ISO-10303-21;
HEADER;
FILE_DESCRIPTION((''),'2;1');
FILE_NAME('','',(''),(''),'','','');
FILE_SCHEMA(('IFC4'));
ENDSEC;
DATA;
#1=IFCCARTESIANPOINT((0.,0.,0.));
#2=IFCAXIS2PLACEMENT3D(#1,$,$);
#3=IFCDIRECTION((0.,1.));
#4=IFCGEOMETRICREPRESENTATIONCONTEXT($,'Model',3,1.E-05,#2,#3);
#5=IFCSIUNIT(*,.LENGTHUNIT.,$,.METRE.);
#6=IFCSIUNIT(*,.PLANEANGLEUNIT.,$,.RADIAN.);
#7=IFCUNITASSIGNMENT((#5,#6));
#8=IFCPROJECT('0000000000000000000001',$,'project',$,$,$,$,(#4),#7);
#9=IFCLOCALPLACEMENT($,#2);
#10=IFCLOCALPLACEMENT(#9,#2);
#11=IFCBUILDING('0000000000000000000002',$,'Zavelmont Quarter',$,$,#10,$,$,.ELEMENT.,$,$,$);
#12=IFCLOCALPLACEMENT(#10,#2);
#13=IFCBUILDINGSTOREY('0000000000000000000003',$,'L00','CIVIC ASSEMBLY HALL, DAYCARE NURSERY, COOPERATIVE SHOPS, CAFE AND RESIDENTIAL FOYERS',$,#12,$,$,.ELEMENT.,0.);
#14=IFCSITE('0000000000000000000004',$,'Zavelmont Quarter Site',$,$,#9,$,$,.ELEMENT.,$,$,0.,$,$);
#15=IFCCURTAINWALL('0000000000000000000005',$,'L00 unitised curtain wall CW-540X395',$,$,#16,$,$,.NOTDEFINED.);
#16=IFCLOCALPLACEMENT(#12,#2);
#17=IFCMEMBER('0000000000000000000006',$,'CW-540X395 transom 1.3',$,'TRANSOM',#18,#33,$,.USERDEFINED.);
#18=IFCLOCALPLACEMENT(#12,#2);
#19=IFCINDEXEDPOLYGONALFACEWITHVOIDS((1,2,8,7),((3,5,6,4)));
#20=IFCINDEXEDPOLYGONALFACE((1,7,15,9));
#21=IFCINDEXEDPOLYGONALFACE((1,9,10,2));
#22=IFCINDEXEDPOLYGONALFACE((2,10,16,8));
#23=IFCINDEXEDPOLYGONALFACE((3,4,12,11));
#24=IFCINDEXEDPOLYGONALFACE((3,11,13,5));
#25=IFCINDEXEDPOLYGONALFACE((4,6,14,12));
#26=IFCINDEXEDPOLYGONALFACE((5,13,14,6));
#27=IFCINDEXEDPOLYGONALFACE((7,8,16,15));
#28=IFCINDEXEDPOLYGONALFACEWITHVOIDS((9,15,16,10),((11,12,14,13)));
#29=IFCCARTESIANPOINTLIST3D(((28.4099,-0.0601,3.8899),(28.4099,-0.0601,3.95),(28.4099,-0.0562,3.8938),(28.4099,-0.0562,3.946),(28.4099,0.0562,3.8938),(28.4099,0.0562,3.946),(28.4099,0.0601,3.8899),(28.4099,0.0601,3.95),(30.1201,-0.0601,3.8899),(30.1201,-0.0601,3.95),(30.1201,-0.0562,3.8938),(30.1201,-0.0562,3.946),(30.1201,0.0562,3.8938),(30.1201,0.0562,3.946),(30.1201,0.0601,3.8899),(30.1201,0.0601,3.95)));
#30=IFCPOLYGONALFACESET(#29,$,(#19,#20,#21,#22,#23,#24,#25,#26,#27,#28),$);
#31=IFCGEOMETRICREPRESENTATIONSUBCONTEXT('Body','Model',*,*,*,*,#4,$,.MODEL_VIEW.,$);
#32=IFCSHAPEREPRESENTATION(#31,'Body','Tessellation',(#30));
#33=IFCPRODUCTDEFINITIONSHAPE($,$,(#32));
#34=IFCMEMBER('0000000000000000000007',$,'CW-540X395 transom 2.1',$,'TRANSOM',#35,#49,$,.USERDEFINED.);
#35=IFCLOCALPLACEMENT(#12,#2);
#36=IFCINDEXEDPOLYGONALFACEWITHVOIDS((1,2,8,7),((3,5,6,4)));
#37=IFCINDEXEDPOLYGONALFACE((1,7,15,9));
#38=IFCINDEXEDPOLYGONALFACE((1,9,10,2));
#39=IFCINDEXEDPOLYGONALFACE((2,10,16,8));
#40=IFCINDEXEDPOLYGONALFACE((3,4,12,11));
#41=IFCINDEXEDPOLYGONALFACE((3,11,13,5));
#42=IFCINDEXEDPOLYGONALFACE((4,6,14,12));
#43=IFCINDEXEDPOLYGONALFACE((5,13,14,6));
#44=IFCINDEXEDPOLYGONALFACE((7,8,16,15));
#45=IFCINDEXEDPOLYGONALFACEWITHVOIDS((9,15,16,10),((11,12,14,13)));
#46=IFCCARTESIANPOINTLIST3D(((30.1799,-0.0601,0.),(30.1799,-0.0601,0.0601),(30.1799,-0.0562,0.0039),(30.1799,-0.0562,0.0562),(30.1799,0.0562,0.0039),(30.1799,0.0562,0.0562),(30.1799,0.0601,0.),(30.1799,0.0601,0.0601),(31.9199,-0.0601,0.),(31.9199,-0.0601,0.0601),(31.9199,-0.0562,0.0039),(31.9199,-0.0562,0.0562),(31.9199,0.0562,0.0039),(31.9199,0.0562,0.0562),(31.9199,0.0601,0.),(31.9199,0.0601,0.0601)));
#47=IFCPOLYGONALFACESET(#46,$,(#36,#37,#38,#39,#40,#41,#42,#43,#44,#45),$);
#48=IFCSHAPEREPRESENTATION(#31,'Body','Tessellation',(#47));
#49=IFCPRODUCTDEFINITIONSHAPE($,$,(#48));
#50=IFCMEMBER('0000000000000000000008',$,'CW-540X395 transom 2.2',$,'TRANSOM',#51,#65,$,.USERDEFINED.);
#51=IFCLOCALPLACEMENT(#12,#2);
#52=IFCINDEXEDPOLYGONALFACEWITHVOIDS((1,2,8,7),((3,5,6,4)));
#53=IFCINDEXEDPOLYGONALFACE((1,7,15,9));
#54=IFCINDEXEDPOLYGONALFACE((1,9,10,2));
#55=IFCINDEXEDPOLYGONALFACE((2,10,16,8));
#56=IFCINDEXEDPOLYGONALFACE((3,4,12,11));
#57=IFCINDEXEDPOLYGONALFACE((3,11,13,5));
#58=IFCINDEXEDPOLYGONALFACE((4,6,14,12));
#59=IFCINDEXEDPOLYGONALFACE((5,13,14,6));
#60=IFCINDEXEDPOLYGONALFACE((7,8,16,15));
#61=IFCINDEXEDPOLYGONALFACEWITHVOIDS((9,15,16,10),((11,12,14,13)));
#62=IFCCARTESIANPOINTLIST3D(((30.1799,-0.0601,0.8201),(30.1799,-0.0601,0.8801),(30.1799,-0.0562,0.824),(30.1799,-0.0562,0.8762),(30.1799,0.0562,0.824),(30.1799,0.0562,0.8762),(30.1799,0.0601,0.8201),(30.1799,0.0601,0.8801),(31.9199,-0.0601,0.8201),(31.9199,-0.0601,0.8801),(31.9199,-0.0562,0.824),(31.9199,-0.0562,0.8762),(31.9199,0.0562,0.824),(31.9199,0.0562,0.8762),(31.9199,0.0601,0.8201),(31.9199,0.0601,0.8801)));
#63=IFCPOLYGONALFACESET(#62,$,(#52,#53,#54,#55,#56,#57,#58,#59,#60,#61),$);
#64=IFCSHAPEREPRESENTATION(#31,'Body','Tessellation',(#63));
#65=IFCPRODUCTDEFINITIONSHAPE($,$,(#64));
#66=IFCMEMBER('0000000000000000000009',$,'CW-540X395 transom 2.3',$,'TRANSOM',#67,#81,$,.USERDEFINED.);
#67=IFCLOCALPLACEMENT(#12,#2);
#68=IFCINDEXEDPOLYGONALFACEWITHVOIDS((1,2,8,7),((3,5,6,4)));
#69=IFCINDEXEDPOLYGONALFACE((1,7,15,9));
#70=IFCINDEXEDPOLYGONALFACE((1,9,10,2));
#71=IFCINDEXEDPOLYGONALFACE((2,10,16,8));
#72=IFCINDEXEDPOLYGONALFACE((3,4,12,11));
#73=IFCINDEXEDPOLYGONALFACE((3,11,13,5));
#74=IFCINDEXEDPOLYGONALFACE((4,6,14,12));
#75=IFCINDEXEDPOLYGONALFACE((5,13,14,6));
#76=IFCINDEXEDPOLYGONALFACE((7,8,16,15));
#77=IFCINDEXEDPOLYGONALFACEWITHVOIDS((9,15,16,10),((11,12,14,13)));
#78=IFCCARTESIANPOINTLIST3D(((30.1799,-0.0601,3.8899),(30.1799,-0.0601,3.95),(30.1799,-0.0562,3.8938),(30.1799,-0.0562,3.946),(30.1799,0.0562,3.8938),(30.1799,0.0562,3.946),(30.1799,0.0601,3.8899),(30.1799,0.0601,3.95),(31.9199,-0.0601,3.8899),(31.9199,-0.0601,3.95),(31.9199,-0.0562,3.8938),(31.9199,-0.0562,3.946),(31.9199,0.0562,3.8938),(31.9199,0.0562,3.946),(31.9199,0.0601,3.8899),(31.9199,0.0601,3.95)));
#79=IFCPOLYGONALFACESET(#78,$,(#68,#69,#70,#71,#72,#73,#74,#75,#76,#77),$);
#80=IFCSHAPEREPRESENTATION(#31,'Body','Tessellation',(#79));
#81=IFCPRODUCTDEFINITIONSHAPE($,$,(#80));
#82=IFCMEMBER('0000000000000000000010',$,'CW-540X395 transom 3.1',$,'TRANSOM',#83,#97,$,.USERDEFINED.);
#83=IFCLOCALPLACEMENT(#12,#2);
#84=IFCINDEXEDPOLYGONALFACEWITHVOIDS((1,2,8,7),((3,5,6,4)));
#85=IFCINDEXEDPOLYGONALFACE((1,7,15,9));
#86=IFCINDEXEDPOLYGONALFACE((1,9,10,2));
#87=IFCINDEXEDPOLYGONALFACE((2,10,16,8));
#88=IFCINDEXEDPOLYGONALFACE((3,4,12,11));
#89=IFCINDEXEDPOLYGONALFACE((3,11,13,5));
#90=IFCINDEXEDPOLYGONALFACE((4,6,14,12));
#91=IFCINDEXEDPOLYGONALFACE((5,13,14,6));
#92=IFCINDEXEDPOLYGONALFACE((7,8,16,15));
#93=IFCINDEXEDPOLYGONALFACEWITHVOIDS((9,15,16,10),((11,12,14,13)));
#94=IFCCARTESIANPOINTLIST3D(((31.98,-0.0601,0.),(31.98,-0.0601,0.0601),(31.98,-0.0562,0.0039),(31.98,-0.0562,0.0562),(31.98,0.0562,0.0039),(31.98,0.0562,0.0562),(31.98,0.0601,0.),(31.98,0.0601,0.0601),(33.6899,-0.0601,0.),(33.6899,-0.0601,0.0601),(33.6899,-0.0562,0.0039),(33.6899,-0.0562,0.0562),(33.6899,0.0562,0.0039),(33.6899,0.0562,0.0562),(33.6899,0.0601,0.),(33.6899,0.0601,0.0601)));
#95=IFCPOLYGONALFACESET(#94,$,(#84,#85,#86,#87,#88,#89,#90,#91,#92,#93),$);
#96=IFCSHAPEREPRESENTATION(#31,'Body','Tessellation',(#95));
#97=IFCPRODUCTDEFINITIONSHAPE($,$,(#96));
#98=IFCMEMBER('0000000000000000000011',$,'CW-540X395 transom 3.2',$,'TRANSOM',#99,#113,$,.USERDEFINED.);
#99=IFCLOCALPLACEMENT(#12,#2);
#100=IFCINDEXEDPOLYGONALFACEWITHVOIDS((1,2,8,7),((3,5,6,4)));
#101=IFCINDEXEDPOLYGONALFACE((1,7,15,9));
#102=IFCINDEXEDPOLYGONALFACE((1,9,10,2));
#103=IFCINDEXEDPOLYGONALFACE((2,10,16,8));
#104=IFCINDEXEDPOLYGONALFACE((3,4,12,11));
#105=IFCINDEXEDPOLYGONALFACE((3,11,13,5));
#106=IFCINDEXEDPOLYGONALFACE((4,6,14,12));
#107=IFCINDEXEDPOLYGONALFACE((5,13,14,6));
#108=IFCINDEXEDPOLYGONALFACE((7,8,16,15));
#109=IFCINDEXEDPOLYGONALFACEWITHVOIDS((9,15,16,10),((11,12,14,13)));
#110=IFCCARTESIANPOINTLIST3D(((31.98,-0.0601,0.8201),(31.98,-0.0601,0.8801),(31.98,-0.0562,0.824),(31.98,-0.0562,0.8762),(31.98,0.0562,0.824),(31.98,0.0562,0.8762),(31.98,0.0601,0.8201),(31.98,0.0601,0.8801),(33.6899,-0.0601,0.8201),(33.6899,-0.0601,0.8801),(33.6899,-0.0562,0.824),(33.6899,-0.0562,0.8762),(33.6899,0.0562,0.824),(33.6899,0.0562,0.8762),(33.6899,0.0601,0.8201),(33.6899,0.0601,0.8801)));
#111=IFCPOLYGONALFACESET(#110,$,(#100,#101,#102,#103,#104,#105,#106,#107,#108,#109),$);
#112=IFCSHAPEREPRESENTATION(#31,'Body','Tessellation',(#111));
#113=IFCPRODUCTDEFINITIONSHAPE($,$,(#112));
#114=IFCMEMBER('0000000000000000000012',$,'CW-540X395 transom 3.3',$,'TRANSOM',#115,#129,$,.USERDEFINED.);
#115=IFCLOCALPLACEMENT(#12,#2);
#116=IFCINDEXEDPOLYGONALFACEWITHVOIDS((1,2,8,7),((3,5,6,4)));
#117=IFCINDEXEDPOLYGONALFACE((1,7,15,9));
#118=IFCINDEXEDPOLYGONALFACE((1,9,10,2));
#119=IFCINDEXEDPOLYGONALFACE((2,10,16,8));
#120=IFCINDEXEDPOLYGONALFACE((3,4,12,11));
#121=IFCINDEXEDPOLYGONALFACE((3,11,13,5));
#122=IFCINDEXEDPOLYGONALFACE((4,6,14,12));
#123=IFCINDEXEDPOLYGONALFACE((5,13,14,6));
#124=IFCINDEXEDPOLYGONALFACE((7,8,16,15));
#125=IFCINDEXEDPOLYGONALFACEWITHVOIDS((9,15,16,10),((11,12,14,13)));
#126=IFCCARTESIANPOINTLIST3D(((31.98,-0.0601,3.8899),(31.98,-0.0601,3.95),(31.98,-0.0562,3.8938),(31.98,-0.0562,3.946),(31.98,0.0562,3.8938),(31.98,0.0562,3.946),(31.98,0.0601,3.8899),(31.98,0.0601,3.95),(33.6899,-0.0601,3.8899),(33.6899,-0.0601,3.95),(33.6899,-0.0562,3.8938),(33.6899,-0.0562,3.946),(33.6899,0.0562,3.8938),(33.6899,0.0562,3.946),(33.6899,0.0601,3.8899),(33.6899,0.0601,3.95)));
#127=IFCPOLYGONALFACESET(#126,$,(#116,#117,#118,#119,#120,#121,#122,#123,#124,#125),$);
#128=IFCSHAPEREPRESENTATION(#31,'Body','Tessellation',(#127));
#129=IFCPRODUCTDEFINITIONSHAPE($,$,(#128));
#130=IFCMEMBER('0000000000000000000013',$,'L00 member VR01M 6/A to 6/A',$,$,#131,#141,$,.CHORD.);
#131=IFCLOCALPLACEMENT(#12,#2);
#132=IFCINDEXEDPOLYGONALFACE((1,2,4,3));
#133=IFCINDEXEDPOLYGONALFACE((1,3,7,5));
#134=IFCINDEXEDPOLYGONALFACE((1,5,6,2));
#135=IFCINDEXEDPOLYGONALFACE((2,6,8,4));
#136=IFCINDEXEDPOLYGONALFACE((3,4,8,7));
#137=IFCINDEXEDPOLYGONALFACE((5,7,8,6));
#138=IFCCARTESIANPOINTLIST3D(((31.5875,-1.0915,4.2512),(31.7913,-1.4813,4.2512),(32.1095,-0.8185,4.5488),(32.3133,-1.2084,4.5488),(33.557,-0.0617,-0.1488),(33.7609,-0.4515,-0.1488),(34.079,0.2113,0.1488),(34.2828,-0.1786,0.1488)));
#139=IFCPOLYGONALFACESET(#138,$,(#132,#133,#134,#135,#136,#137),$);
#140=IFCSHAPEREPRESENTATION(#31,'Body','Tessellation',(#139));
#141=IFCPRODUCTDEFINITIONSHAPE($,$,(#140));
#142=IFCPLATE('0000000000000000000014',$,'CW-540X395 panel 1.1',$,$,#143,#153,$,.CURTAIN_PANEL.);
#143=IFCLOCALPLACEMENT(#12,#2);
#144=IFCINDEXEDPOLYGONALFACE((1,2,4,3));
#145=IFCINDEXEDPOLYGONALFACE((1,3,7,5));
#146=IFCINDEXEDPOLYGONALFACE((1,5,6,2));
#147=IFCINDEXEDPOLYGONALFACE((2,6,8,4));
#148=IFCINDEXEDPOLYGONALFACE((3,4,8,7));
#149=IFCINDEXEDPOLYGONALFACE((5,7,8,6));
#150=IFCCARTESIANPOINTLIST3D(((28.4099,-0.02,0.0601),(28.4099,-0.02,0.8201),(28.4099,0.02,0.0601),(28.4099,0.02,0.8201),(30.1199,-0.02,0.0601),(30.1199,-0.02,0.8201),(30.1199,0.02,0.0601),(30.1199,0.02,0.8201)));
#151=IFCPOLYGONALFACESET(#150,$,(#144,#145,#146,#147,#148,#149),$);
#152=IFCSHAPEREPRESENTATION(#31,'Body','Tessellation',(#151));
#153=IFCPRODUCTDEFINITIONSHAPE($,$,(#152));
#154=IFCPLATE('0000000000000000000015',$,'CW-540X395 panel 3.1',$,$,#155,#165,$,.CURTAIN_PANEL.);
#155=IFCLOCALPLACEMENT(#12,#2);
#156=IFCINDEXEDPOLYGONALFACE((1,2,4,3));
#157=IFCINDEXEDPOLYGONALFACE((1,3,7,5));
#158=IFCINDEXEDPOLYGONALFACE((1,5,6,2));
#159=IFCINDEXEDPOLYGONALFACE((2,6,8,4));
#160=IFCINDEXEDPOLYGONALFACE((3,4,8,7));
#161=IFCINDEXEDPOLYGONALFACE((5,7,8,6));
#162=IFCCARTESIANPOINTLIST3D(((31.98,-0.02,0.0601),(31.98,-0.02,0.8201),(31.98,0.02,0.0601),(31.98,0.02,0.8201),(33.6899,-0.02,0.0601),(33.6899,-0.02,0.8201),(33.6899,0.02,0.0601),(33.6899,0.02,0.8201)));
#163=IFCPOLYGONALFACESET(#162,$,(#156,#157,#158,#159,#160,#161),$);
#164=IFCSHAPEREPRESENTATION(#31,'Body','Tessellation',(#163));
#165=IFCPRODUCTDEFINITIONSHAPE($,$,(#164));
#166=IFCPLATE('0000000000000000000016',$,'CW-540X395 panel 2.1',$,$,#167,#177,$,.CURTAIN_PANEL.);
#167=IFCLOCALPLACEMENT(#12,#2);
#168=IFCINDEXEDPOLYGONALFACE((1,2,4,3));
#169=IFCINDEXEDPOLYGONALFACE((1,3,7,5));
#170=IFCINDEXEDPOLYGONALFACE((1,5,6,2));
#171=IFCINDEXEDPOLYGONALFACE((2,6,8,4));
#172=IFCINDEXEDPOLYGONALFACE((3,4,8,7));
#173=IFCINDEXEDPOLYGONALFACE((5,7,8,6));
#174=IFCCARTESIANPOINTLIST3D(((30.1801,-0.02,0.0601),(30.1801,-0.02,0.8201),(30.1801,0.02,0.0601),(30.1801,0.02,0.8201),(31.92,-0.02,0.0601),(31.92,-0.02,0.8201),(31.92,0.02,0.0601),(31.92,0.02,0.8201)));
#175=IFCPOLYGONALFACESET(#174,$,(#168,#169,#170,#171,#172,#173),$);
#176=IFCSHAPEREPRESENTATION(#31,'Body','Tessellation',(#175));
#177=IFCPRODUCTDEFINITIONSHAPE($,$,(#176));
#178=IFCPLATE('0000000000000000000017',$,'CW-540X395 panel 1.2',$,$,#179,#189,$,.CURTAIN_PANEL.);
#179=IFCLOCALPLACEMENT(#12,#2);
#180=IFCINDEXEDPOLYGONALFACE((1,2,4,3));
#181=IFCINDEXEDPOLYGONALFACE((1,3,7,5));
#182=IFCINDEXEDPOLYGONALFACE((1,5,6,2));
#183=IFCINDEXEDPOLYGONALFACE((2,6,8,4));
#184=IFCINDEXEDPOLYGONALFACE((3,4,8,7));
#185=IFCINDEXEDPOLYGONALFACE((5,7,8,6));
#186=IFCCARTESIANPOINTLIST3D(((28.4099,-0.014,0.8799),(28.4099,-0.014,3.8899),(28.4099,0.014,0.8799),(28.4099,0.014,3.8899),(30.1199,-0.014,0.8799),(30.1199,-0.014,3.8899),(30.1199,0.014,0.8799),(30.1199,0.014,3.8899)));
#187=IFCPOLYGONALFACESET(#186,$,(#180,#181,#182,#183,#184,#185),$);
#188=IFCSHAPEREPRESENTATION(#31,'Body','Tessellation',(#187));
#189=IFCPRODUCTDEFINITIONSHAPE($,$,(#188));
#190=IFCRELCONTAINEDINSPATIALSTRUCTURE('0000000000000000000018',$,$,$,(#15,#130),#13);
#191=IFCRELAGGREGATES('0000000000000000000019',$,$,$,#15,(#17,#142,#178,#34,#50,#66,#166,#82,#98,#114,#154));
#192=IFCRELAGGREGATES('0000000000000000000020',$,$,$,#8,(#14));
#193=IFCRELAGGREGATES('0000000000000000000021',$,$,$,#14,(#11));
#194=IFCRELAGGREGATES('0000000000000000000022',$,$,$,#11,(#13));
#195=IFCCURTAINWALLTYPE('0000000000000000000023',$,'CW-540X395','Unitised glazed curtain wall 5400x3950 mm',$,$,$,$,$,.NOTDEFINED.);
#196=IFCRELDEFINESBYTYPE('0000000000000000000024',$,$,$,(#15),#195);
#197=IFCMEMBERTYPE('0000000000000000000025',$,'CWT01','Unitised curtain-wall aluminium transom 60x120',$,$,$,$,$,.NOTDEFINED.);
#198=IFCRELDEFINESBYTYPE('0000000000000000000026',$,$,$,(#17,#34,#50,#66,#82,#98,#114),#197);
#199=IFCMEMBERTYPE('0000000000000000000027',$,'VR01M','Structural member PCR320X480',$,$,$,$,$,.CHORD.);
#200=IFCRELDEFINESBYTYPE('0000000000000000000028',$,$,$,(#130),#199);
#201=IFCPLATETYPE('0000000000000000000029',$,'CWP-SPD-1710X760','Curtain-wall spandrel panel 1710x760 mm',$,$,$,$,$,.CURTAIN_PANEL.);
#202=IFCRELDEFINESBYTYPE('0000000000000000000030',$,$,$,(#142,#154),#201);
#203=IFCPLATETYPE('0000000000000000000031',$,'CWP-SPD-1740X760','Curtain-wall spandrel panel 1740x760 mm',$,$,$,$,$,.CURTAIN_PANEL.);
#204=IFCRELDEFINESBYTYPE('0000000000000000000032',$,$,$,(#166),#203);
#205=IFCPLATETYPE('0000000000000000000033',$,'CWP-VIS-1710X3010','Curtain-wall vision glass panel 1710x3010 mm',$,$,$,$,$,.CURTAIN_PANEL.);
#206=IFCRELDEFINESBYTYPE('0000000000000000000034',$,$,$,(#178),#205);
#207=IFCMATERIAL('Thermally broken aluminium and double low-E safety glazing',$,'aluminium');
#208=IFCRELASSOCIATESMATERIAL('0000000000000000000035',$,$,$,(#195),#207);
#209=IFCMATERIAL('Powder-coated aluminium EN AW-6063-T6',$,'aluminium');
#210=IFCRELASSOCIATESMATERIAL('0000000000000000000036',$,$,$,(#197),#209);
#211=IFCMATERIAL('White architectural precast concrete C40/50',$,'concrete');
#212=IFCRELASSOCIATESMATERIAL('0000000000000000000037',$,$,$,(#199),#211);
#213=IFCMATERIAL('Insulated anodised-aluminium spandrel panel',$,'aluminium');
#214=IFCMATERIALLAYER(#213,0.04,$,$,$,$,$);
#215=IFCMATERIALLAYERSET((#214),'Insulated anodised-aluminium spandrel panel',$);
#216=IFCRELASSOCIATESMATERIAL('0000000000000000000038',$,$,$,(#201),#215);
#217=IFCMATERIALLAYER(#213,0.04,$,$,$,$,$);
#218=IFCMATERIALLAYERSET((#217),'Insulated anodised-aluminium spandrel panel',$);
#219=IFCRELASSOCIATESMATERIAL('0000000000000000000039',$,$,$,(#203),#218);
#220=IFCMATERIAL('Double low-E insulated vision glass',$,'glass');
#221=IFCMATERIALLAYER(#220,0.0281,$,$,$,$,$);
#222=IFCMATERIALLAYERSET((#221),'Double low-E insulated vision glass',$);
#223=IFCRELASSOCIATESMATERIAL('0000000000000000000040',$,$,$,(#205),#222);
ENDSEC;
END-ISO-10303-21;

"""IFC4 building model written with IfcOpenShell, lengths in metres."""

from ifc_helpers import new_model, si_unit, direction, frame, origin, origin_2d, place, context, subcontext, project, spatial, rectangle, hollow_rectangle, extrude, material, layer, layer_set, material_profile, profile_set, type_object, element, aggregate, save


model = new_model("IFC4")

# Units and contexts
model_context = context("Model", 3, precision=1e-05, world=origin(), true_north=direction((0.0, 1.0)))
body_context = subcontext(model_context, "Body", "Model", "MODEL_VIEW")
ifc_project = project(units=[si_unit("LENGTHUNIT", "METRE"), si_unit("PLANEANGLEUNIT", "RADIAN")], contexts=[model_context])

# Site, building, storey
site_placement = place(None, origin())
site = spatial("IfcSite", under=ifc_project, at=site_placement, Name="Zavelmont Quarter Site", CompositionType="ELEMENT", RefElevation=0.0)
building_placement = place(site_placement, origin())
building = spatial("IfcBuilding", under=site, at=building_placement, Name="Zavelmont Quarter", CompositionType="ELEMENT")
storey_placement = place(building_placement, origin())
storey = spatial("IfcBuildingStorey", under=building, at=storey_placement, Name="L00", Description="CIVIC ASSEMBLY HALL, DAYCARE NURSERY, COOPERATIVE SHOPS, CAFE AND RESIDENTIAL FOYERS", CompositionType="ELEMENT", Elevation=0.0)

# Curtain wall, members
ifc_material_1 = material(Name="Thermally broken aluminium and double low-E safety glazing", Category="aluminium")
curtain_wall_type = type_object("IfcCurtainWallType", Name="CW-540X395", Description="Unitised glazed curtain wall 5400x3950 mm", PredefinedType="NOTDEFINED", material=ifc_material_1)
curtain_wall_placement = place(storey_placement, origin())
curtain_wall = element("IfcCurtainWall", 1, at=curtain_wall_placement, inside=storey, type_object=curtain_wall_type, Name="L00 unitised curtain wall CW-540X395", PredefinedType="NOTDEFINED")
ifc_material_2 = material(Name="Powder-coated aluminium EN AW-6063-T6", Category="aluminium")
ifc_material_profile_1 = material_profile(ifc_material_2, hollow_rectangle(XDim=0.1201, YDim=0.0601, WallThickness=0.0039, at=origin_2d()), Name="CWT60X120")
ifc_profile_set_1 = profile_set([ifc_material_profile_1], Name="Powder-coated aluminium EN AW-6063-T6")
member_type_1 = type_object("IfcMemberType", Name="CWT01", Description="Unitised curtain-wall aluminium transom 60x120", PredefinedType="NOTDEFINED", material=ifc_profile_set_1)
member_1_placement = place(storey_placement, frame((28.4099, 0.0, 3.9199), z_axis=(1.0, 0.0, 0.0), x_axis=(0.0, 1.0, 0.0)))
member_1 = element("IfcMember", 2, at=member_1_placement, type_object=member_type_1, Name="CW-540X395 transom 1.3", ObjectType="TRANSOM", PredefinedType="USERDEFINED", context=body_context, shape_type="SweptSolid", body=[
    extrude(hollow_rectangle(XDim=0.1201, YDim=0.0601, WallThickness=0.0039, at=origin_2d()), origin(), (0.0, 0.0, 1.0), 1.7102),
])
member_2_placement = place(storey_placement, frame((30.1799, 0.0, 0.03), z_axis=(1.0, 0.0, 0.0), x_axis=(0.0, 1.0, 0.0)))
member_2 = element("IfcMember", 3, at=member_2_placement, type_object=member_type_1, Name="CW-540X395 transom 2.1", ObjectType="TRANSOM", PredefinedType="USERDEFINED", context=body_context, shape_type="SweptSolid", body=[
    extrude(hollow_rectangle(XDim=0.1201, YDim=0.0601, WallThickness=0.0039, at=origin_2d()), origin(), (0.0, 0.0, 1.0), 1.74),
])
member_3_placement = place(storey_placement, frame((30.1799, 0.0, 0.8501), z_axis=(1.0, 0.0, 0.0), x_axis=(0.0, 1.0, 0.0)))
member_3 = element("IfcMember", 4, at=member_3_placement, type_object=member_type_1, Name="CW-540X395 transom 2.2", ObjectType="TRANSOM", PredefinedType="USERDEFINED", context=body_context, shape_type="SweptSolid", body=[
    extrude(hollow_rectangle(XDim=0.1201, YDim=0.0601, WallThickness=0.0039, at=origin_2d()), origin(), (0.0, 0.0, 1.0), 1.74),
])
member_4_placement = place(storey_placement, frame((30.1799, 0.0, 3.9199), z_axis=(1.0, 0.0, 0.0), x_axis=(0.0, 1.0, 0.0)))
member_4 = element("IfcMember", 5, at=member_4_placement, type_object=member_type_1, Name="CW-540X395 transom 2.3", ObjectType="TRANSOM", PredefinedType="USERDEFINED", context=body_context, shape_type="SweptSolid", body=[
    extrude(hollow_rectangle(XDim=0.1201, YDim=0.0601, WallThickness=0.0039, at=origin_2d()), origin(), (0.0, 0.0, 1.0), 1.74),
])
member_5_placement = place(storey_placement, frame((31.98, 0.0, 0.03), z_axis=(1.0, 0.0, 0.0), x_axis=(0.0, 1.0, 0.0)))
member_5 = element("IfcMember", 6, at=member_5_placement, type_object=member_type_1, Name="CW-540X395 transom 3.1", ObjectType="TRANSOM", PredefinedType="USERDEFINED", context=body_context, shape_type="SweptSolid", body=[
    extrude(hollow_rectangle(XDim=0.1201, YDim=0.0601, WallThickness=0.0039, at=origin_2d()), origin(), (0.0, 0.0, 1.0), 1.71),
])
member_6_placement = place(storey_placement, frame((31.98, 0.0, 0.8501), z_axis=(1.0, 0.0, 0.0), x_axis=(0.0, 1.0, 0.0)))
member_6 = element("IfcMember", 7, at=member_6_placement, type_object=member_type_1, Name="CW-540X395 transom 3.2", ObjectType="TRANSOM", PredefinedType="USERDEFINED", context=body_context, shape_type="SweptSolid", body=[
    extrude(hollow_rectangle(XDim=0.1201, YDim=0.0601, WallThickness=0.0039, at=origin_2d()), origin(), (0.0, 0.0, 1.0), 1.71),
])
member_7_placement = place(storey_placement, frame((31.98, 0.0, 3.9199), z_axis=(1.0, 0.0, 0.0), x_axis=(0.0, 1.0, 0.0)))
member_7 = element("IfcMember", 8, at=member_7_placement, type_object=member_type_1, Name="CW-540X395 transom 3.3", ObjectType="TRANSOM", PredefinedType="USERDEFINED", context=body_context, shape_type="SweptSolid", body=[
    extrude(hollow_rectangle(XDim=0.1201, YDim=0.0601, WallThickness=0.0039, at=origin_2d()), origin(), (0.0, 0.0, 1.0), 1.71),
])

# Member
ifc_material_3 = material(Name="White architectural precast concrete C40/50", Category="concrete")
ifc_material_profile_2 = material_profile(ifc_material_3, rectangle(XDim=0.4399, YDim=0.6599, at=origin_2d()), Name="PCR320X480")
ifc_profile_set_2 = profile_set([ifc_material_profile_2], Name="White architectural precast concrete C40/50")
member_type_2 = type_object("IfcMemberType", Name="VR01M", Description="Structural member PCR320X480", PredefinedType="CHORD", material=ifc_profile_set_2)
member_8_placement = place(storey_placement, frame((33.9199, -0.1201, 0.0), z_axis=(-0.399542, -0.208909, 0.892593), x_axis=(0.463354, -0.886173, 0.0)))
element("IfcMember", 9, at=member_8_placement, inside=storey, type_object=member_type_2, Name="L00 member VR01M 6/A to 6/A", PredefinedType="CHORD", context=body_context, shape_type="SweptSolid", body=[
    extrude(rectangle(XDim=0.4399, YDim=0.6599, at=origin_2d()), origin(), (0.0, 0.0, 1.0), 4.9294),
])

# Plates
ifc_material_4 = material(Name="Insulated anodised-aluminium spandrel panel", Category="aluminium")
ifc_layer_1 = layer(ifc_material_4, 0.04)
ifc_layer_set_1 = layer_set([ifc_layer_1], Name="Insulated anodised-aluminium spandrel panel")
plate_type_1 = type_object("IfcPlateType", Name="CWP-SPD-1710X760", Description="Curtain-wall spandrel panel 1710x760 mm", PredefinedType="CURTAIN_PANEL", material=ifc_layer_set_1)
plate_1_placement = place(storey_placement, frame((29.2649, 0.0, 0.0601), z_axis=(0.0, 0.0, 1.0), x_axis=(1.0, 0.0, 0.0)))
plate_1 = element("IfcPlate", 10, at=plate_1_placement, type_object=plate_type_1, Name="CW-540X395 panel 1.1", PredefinedType="CURTAIN_PANEL", context=body_context, shape_type="SweptSolid", body=[
    extrude(rectangle(XDim=1.71, YDim=0.04, at=origin_2d()), origin(), (0.0, 0.0, 1.0), 0.76),
])
plate_2_placement = place(storey_placement, frame((32.835, 0.0, 0.0601), z_axis=(0.0, 0.0, 1.0), x_axis=(1.0, 0.0, 0.0)))
plate_2 = element("IfcPlate", 11, at=plate_2_placement, type_object=plate_type_1, Name="CW-540X395 panel 3.1", PredefinedType="CURTAIN_PANEL", context=body_context, shape_type="SweptSolid", body=[
    extrude(rectangle(XDim=1.71, YDim=0.04, at=origin_2d()), origin(), (0.0, 0.0, 1.0), 0.76),
])
ifc_layer_2 = layer(ifc_material_4, 0.04)
ifc_layer_set_2 = layer_set([ifc_layer_2], Name="Insulated anodised-aluminium spandrel panel")
plate_type_2 = type_object("IfcPlateType", Name="CWP-SPD-1740X760", Description="Curtain-wall spandrel panel 1740x760 mm", PredefinedType="CURTAIN_PANEL", material=ifc_layer_set_2)
plate_3_placement = place(storey_placement, frame((31.05, 0.0, 0.0601), z_axis=(0.0, 0.0, 1.0), x_axis=(1.0, 0.0, 0.0)))
plate_3 = element("IfcPlate", 12, at=plate_3_placement, type_object=plate_type_2, Name="CW-540X395 panel 2.1", PredefinedType="CURTAIN_PANEL", context=body_context, shape_type="SweptSolid", body=[
    extrude(rectangle(XDim=1.74, YDim=0.04, at=origin_2d()), origin(), (0.0, 0.0, 1.0), 0.76),
])
ifc_material_5 = material(Name="Double low-E insulated vision glass", Category="glass")
ifc_layer_3 = layer(ifc_material_5, 0.0281)
ifc_layer_set_3 = layer_set([ifc_layer_3], Name="Double low-E insulated vision glass")
plate_type_3 = type_object("IfcPlateType", Name="CWP-VIS-1710X3010", Description="Curtain-wall vision glass panel 1710x3010 mm", PredefinedType="CURTAIN_PANEL", material=ifc_layer_set_3)
plate_4_placement = place(storey_placement, frame((29.2649, 0.0, 0.8799), z_axis=(0.0, 0.0, 1.0), x_axis=(1.0, 0.0, 0.0)))
plate_4 = element("IfcPlate", 13, at=plate_4_placement, type_object=plate_type_3, Name="CW-540X395 panel 1.2", PredefinedType="CURTAIN_PANEL", context=body_context, shape_type="SweptSolid", body=[
    extrude(rectangle(XDim=1.71, YDim=0.0281, at=origin_2d()), origin(), (0.0, 0.0, 1.0), 3.01),
])
aggregate(curtain_wall, [member_1, plate_1, plate_4, member_2, member_3, member_4, plate_3, member_5, member_6, member_7, plate_2])

save(model, "model.ifc")
